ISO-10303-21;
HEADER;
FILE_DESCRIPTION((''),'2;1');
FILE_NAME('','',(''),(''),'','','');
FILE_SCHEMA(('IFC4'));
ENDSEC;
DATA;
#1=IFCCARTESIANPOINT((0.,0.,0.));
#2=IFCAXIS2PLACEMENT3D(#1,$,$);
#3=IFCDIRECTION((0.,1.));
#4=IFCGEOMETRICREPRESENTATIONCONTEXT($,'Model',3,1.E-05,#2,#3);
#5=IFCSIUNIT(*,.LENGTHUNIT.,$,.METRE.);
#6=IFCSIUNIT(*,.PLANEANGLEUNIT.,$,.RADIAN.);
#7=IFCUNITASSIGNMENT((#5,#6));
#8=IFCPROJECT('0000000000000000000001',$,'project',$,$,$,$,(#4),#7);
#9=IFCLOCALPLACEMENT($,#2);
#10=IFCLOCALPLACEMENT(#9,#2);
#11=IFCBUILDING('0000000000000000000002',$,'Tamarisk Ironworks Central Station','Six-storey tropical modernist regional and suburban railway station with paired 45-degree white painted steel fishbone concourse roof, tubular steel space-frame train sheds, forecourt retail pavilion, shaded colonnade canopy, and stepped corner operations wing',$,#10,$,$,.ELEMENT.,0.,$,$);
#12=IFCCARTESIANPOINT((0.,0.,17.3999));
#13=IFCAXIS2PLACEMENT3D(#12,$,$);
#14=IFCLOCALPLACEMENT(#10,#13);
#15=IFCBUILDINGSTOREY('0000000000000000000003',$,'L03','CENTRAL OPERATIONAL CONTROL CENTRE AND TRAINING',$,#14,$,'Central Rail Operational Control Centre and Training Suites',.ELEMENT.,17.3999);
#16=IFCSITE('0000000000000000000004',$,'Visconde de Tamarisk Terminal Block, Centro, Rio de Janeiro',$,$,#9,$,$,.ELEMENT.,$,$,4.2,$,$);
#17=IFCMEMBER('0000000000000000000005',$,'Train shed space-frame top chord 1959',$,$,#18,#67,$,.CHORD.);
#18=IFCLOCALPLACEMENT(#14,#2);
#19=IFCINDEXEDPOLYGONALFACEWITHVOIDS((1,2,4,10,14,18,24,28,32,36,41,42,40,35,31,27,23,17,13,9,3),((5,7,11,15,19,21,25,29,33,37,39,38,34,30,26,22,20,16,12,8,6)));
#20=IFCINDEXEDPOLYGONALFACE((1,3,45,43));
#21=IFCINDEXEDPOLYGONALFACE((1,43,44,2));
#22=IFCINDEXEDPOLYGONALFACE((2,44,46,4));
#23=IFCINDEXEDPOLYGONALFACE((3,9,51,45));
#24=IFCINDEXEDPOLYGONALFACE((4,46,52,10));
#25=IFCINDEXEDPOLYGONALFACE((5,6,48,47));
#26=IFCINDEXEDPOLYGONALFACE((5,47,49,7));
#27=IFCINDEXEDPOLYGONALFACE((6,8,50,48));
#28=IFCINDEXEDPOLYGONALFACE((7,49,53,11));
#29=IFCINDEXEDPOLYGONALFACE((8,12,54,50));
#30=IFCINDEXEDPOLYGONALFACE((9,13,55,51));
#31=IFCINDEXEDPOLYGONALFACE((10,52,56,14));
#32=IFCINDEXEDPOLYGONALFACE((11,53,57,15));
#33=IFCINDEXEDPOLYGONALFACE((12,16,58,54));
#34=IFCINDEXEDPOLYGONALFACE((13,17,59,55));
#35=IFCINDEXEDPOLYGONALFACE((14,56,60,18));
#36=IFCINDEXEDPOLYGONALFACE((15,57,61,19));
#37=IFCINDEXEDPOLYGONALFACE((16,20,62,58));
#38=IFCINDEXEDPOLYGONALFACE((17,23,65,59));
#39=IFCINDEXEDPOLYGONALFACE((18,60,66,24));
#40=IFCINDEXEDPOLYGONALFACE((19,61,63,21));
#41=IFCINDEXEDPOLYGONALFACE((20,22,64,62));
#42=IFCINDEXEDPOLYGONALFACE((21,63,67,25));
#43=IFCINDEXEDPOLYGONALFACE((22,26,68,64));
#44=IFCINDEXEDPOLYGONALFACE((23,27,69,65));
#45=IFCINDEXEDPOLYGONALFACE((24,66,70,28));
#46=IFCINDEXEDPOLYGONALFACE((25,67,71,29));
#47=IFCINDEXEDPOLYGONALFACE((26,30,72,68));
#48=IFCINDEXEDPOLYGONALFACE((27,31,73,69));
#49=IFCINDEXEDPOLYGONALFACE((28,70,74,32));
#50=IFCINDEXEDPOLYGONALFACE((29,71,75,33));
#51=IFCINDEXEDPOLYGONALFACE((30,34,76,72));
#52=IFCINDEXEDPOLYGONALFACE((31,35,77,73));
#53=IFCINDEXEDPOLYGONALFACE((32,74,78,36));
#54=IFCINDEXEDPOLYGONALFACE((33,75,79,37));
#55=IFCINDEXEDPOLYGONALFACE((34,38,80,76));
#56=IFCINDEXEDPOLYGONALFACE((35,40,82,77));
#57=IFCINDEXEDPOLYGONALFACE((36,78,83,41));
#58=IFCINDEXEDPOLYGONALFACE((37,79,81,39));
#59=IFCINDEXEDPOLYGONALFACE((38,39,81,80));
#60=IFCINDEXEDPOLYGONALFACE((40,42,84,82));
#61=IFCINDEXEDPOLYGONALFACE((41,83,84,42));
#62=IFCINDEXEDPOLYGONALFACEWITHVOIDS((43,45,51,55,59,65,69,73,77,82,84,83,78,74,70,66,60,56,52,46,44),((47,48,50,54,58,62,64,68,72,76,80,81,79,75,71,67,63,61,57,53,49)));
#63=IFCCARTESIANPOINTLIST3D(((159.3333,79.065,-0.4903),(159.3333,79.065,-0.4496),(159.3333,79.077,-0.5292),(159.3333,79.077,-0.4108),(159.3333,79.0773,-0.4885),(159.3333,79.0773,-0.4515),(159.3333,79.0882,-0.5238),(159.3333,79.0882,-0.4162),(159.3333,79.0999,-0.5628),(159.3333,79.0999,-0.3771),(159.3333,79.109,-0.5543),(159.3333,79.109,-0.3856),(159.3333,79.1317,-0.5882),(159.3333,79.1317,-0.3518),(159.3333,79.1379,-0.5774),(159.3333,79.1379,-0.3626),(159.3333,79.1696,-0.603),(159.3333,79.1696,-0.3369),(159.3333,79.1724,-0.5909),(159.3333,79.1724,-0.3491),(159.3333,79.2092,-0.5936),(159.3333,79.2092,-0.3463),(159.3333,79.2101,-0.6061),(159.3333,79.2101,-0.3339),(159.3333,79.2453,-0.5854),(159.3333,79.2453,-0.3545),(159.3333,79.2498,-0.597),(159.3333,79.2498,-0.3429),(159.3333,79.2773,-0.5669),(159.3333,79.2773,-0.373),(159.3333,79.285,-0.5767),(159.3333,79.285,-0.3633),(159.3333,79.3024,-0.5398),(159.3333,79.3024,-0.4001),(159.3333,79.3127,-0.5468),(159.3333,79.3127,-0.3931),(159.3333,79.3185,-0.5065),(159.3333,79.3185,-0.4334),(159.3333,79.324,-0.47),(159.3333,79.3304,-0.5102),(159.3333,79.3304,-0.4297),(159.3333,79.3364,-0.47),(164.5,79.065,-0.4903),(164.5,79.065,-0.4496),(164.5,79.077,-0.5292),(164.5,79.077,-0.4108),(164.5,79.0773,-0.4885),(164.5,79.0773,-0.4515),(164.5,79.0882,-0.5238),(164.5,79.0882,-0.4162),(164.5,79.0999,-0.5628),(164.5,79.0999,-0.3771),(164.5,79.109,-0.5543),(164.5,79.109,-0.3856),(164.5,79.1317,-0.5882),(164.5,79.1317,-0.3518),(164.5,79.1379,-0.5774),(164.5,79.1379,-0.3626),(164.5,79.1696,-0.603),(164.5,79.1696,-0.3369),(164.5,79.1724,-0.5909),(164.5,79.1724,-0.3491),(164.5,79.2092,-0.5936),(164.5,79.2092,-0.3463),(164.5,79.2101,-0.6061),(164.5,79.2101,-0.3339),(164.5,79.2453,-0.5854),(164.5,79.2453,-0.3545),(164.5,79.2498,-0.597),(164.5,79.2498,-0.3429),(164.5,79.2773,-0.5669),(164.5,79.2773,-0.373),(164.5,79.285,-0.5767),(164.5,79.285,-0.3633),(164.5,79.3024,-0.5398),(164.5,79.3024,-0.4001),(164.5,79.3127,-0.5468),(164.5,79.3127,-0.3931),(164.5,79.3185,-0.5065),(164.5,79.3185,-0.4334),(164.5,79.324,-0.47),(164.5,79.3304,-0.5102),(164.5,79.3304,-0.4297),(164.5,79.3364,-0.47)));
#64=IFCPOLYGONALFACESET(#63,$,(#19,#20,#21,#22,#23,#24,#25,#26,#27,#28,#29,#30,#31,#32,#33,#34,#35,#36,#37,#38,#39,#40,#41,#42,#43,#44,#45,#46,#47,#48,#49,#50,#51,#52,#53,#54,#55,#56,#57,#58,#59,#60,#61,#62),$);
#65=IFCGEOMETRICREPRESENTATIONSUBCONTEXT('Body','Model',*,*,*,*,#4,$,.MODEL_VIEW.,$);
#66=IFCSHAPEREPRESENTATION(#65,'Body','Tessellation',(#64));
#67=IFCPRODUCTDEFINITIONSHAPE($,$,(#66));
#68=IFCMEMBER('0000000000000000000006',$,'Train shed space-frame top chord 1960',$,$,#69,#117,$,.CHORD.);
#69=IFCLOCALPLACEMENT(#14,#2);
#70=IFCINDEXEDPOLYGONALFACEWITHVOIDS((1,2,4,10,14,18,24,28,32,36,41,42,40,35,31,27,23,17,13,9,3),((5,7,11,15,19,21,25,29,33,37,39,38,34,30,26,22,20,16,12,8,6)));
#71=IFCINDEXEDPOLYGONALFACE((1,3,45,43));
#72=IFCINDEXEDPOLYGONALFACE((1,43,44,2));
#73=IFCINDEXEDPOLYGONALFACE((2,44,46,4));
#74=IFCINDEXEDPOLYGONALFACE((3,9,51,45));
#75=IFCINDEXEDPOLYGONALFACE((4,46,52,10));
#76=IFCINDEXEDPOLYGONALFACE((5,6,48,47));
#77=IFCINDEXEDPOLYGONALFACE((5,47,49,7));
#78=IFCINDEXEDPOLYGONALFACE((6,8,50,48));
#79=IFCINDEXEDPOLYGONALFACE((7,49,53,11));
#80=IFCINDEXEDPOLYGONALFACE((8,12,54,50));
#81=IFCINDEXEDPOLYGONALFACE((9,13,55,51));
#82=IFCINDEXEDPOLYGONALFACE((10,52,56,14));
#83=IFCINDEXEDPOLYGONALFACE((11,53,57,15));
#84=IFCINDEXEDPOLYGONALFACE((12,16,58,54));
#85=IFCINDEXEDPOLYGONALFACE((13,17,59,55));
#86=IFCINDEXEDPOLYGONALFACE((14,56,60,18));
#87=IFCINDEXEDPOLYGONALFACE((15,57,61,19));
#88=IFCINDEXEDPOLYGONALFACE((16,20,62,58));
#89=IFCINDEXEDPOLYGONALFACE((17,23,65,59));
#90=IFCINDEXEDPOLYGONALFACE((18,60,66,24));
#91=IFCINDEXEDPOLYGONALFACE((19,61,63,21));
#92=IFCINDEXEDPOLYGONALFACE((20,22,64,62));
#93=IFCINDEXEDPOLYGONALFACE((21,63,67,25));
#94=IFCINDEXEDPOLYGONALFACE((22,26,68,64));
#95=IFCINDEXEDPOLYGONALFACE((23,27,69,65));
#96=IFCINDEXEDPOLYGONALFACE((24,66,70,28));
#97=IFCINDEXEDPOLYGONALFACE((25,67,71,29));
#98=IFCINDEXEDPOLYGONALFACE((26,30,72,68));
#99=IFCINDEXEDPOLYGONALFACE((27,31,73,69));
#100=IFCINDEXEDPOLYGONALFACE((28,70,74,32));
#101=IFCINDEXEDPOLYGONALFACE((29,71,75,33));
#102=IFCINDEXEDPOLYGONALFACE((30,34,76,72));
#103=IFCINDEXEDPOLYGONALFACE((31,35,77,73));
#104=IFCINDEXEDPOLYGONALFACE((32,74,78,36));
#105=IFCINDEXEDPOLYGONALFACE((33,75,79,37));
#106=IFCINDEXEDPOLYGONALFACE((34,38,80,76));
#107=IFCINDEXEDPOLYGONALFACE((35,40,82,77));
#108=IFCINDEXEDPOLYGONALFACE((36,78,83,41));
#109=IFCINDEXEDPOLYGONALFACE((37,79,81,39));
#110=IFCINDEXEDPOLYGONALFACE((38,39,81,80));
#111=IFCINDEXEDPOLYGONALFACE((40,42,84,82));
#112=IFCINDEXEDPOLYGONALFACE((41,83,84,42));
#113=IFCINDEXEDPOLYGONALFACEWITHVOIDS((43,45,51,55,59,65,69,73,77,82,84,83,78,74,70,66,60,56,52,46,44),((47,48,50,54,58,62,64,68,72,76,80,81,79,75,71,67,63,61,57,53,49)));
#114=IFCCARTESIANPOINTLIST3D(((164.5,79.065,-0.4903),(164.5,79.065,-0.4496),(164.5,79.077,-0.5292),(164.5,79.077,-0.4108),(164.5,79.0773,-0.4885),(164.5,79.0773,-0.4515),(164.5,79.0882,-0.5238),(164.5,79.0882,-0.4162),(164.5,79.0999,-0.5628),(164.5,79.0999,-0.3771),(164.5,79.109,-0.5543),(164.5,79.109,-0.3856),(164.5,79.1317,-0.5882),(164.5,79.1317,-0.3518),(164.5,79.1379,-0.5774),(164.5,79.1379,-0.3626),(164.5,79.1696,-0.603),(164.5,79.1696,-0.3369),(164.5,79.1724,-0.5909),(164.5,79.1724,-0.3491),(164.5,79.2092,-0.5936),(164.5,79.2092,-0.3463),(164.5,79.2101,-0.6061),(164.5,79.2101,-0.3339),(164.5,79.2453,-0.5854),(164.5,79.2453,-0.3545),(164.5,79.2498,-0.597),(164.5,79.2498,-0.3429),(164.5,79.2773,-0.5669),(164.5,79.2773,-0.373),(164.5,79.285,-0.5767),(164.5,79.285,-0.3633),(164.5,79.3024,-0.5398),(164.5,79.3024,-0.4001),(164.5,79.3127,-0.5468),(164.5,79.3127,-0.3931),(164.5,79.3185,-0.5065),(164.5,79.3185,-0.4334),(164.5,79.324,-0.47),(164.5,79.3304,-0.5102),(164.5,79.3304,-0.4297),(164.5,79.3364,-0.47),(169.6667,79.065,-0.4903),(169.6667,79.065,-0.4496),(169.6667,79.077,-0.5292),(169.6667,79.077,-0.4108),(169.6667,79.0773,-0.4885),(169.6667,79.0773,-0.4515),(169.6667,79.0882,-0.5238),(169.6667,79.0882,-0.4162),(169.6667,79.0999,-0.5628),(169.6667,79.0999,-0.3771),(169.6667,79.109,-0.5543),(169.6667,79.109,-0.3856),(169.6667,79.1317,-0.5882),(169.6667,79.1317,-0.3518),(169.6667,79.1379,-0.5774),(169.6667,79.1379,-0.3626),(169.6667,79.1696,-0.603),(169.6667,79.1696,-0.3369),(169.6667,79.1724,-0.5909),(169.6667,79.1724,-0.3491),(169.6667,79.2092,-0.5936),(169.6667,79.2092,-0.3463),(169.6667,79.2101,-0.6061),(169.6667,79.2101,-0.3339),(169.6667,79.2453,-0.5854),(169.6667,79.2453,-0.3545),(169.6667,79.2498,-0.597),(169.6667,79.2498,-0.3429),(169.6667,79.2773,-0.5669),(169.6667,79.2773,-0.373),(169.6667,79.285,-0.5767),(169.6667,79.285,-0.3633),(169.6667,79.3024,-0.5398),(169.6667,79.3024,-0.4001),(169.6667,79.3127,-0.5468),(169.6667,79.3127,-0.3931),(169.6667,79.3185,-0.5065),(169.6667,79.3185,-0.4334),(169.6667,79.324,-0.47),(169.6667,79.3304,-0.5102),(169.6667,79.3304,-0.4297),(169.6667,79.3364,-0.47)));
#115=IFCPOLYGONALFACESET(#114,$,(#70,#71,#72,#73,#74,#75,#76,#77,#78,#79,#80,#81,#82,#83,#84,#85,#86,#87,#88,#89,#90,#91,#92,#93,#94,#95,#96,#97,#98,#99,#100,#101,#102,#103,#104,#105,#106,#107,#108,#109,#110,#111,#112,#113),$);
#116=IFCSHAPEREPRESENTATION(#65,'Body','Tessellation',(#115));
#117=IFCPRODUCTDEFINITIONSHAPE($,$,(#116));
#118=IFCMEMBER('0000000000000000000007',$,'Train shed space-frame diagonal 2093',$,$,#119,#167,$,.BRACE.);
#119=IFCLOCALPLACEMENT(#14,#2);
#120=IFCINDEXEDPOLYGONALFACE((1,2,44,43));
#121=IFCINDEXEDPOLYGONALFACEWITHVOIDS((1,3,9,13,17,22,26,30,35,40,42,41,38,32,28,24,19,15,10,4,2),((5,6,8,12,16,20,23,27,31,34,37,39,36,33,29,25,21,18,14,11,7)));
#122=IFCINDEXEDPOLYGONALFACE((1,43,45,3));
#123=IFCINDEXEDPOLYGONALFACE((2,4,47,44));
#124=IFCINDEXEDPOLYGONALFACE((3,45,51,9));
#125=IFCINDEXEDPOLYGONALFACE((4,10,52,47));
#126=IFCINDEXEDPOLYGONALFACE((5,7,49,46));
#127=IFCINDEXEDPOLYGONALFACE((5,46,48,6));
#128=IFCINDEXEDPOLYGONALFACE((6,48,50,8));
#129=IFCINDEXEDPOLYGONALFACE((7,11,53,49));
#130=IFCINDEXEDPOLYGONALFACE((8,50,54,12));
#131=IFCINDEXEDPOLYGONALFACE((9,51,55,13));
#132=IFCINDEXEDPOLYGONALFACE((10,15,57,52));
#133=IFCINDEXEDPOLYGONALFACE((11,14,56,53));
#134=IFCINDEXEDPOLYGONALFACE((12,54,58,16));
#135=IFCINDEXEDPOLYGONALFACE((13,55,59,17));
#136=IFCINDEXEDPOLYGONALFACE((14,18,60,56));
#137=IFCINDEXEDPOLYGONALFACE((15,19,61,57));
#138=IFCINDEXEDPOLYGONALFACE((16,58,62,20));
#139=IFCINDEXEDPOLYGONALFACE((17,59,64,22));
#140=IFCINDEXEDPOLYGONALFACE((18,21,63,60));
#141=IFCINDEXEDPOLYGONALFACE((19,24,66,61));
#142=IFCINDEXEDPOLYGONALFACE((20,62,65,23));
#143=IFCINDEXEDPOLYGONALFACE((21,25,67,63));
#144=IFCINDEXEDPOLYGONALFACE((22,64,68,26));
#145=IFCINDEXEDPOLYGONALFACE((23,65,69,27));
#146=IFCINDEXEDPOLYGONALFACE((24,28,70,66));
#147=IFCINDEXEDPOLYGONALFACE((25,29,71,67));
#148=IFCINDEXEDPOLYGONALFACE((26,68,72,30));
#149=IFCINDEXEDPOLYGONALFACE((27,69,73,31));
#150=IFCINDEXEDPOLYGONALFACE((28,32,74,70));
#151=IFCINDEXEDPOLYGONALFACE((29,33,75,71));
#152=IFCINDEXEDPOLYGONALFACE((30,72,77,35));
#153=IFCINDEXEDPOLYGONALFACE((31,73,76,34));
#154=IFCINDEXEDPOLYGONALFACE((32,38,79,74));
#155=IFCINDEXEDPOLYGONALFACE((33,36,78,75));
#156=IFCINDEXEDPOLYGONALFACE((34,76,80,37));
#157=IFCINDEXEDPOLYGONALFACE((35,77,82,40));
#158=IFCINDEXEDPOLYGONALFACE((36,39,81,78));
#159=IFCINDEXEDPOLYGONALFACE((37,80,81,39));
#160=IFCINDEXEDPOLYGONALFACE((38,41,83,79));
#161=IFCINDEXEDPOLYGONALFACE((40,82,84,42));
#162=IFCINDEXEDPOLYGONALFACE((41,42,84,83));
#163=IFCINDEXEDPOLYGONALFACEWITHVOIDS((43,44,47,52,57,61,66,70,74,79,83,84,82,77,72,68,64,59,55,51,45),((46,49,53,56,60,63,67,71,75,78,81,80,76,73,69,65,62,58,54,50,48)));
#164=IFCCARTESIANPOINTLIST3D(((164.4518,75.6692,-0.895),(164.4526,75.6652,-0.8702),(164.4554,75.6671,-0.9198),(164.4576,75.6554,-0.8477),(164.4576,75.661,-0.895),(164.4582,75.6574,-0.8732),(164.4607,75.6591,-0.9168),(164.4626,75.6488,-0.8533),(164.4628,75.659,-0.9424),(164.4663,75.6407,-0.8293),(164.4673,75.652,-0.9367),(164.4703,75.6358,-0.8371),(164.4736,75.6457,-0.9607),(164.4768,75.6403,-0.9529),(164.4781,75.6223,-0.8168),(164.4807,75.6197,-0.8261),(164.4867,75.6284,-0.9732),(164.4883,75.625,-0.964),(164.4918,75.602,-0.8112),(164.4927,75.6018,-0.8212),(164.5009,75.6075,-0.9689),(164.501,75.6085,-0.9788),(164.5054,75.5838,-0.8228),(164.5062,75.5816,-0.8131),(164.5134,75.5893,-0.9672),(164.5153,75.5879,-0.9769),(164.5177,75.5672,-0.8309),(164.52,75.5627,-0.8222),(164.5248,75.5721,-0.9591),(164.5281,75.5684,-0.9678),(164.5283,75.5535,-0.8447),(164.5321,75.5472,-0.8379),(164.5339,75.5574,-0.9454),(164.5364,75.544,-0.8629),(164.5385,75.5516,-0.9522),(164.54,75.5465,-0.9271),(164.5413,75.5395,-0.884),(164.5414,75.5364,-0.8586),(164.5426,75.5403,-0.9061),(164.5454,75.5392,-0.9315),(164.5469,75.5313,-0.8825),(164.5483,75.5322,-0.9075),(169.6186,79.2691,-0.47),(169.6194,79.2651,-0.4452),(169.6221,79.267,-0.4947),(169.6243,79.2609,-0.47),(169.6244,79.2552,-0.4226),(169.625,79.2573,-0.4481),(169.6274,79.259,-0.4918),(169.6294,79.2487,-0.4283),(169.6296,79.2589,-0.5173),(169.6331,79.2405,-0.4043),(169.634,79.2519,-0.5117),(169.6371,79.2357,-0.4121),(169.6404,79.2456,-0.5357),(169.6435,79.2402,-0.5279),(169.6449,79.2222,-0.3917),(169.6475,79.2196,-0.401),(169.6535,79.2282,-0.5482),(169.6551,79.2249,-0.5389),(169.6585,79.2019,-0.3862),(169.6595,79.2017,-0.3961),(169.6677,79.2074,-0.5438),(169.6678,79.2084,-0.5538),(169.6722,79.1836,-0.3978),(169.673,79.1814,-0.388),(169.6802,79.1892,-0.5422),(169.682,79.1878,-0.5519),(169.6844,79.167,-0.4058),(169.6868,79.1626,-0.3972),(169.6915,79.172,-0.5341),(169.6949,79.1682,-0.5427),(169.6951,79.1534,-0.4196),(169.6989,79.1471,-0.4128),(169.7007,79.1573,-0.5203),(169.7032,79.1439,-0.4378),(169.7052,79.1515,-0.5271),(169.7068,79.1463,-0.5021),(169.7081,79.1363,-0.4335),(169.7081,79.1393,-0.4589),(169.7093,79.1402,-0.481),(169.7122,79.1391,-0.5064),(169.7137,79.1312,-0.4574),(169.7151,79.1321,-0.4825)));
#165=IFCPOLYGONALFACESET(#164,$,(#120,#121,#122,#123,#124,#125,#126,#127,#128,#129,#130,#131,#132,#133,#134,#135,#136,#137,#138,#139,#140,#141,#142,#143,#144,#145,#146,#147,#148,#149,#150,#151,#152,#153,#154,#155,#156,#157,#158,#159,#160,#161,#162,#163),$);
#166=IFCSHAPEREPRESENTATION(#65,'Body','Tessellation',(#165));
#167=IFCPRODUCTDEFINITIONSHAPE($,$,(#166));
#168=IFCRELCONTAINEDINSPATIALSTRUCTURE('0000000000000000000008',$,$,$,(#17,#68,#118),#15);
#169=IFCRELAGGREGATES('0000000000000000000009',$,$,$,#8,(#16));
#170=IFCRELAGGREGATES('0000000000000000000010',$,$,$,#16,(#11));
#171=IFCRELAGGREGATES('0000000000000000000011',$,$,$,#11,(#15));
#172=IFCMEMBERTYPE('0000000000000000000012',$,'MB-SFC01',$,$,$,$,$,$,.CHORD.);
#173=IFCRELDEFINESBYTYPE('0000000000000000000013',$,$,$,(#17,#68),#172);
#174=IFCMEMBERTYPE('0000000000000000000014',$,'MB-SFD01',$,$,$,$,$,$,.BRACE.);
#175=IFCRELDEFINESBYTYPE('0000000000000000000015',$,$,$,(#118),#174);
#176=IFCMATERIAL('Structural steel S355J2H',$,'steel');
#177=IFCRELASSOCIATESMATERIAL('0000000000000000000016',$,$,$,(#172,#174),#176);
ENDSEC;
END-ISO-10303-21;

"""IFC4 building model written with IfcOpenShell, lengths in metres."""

from ifc_helpers import new_model, si_unit, direction, frame, origin, origin_2d, place, context, subcontext, project, spatial, hollow_circle, extrude, material, material_profile, profile_set, type_object, element, save


model = new_model("IFC4")

# Units and contexts
model_context = context("Model", 3, precision=1e-05, world=origin(), true_north=direction((0.0, 1.0)))
body_context = subcontext(model_context, "Body", "Model", "MODEL_VIEW")
ifc_project = project(units=[si_unit("LENGTHUNIT", "METRE"), si_unit("PLANEANGLEUNIT", "RADIAN")], contexts=[model_context])

# Site, building, storey
site_placement = place(None, origin())
site = spatial("IfcSite", under=ifc_project, at=site_placement, Name="Visconde de Tamarisk Terminal Block, Centro, Rio de Janeiro", CompositionType="ELEMENT", RefElevation=4.2)
building_placement = place(site_placement, origin())
building = spatial("IfcBuilding", under=site, at=building_placement, Name="Tamarisk Ironworks Central Station", Description="Six-storey tropical modernist regional and suburban railway station with paired 45-degree white painted steel fishbone concourse roof, tubular steel space-frame train sheds, forecourt retail pavilion, shaded colonnade canopy, and stepped corner operations wing", CompositionType="ELEMENT", ElevationOfRefHeight=0.0)
storey_placement = place(building_placement, frame((0.0, 0.0, 17.3999)))
storey = spatial("IfcBuildingStorey", under=building, at=storey_placement, Name="L03", Description="CENTRAL OPERATIONAL CONTROL CENTRE AND TRAINING", LongName="Central Rail Operational Control Centre and Training Suites", CompositionType="ELEMENT", Elevation=17.3999)

# Members
ifc_material_1 = material(Name="Structural steel S355J2H", Category="steel")
ifc_material_profile_1 = material_profile(ifc_material_1, hollow_circle(Radius=0.1365, WallThickness=0.0125, at=origin_2d()), Name="CHS 273x12.5")
ifc_profile_set_1 = profile_set([ifc_material_profile_1], Name="Structural steel S355J2H")
member_type_1 = type_object("IfcMemberType", Name="MB-SFC01", PredefinedType="CHORD", material=ifc_profile_set_1)
for number, where, z_axis, x_axis, name in (
    (1, (159.3333, 79.2, -0.47), (1.0, 0.0, 0.0), (0.0, 1.0, 0.0), "Train shed space-frame top chord 1959"),
    (2, (164.5, 79.2, -0.47), (1.0, 0.0, 0.0), (0.0, 1.0, 0.0), "Train shed space-frame top chord 1960"),
):
    element("IfcMember", number, at=place(storey_placement, frame(where, z_axis=z_axis, x_axis=x_axis)), inside=storey, type_object=member_type_1, Name=name, PredefinedType="CHORD", context=body_context, shape_type="SweptSolid", body=[
        extrude(hollow_circle(Radius=0.1365, WallThickness=0.0125, at=origin_2d()), origin(), (0.0, 0.0, 1.0), 5.1667),
    ])
ifc_material_profile_2 = material_profile(ifc_material_1, hollow_circle(Radius=0.0842, WallThickness=0.01, at=origin_2d()), Name="CHS 168.3x10")
ifc_profile_set_2 = profile_set([ifc_material_profile_2], Name="Structural steel S355J2H")
member_type_2 = type_object("IfcMemberType", Name="MB-SFD01", PredefinedType="BRACE", material=ifc_profile_set_2)
member_1_placement = place(storey_placement, frame((164.5, 75.6001, -0.895), z_axis=(0.818626, 0.570365, 0.067345), x_axis=(-0.571663, 0.820489, 0.0)))
element("IfcMember", 3, at=member_1_placement, inside=storey, type_object=member_type_2, Name="Train shed space-frame diagonal 2093", PredefinedType="BRACE", context=body_context, shape_type="SweptSolid", body=[
    extrude(hollow_circle(Radius=0.0842, WallThickness=0.01, at=origin_2d()), origin(), (0.0, 0.0, 1.0), 6.3115),
])

save(model, "model.ifc")
